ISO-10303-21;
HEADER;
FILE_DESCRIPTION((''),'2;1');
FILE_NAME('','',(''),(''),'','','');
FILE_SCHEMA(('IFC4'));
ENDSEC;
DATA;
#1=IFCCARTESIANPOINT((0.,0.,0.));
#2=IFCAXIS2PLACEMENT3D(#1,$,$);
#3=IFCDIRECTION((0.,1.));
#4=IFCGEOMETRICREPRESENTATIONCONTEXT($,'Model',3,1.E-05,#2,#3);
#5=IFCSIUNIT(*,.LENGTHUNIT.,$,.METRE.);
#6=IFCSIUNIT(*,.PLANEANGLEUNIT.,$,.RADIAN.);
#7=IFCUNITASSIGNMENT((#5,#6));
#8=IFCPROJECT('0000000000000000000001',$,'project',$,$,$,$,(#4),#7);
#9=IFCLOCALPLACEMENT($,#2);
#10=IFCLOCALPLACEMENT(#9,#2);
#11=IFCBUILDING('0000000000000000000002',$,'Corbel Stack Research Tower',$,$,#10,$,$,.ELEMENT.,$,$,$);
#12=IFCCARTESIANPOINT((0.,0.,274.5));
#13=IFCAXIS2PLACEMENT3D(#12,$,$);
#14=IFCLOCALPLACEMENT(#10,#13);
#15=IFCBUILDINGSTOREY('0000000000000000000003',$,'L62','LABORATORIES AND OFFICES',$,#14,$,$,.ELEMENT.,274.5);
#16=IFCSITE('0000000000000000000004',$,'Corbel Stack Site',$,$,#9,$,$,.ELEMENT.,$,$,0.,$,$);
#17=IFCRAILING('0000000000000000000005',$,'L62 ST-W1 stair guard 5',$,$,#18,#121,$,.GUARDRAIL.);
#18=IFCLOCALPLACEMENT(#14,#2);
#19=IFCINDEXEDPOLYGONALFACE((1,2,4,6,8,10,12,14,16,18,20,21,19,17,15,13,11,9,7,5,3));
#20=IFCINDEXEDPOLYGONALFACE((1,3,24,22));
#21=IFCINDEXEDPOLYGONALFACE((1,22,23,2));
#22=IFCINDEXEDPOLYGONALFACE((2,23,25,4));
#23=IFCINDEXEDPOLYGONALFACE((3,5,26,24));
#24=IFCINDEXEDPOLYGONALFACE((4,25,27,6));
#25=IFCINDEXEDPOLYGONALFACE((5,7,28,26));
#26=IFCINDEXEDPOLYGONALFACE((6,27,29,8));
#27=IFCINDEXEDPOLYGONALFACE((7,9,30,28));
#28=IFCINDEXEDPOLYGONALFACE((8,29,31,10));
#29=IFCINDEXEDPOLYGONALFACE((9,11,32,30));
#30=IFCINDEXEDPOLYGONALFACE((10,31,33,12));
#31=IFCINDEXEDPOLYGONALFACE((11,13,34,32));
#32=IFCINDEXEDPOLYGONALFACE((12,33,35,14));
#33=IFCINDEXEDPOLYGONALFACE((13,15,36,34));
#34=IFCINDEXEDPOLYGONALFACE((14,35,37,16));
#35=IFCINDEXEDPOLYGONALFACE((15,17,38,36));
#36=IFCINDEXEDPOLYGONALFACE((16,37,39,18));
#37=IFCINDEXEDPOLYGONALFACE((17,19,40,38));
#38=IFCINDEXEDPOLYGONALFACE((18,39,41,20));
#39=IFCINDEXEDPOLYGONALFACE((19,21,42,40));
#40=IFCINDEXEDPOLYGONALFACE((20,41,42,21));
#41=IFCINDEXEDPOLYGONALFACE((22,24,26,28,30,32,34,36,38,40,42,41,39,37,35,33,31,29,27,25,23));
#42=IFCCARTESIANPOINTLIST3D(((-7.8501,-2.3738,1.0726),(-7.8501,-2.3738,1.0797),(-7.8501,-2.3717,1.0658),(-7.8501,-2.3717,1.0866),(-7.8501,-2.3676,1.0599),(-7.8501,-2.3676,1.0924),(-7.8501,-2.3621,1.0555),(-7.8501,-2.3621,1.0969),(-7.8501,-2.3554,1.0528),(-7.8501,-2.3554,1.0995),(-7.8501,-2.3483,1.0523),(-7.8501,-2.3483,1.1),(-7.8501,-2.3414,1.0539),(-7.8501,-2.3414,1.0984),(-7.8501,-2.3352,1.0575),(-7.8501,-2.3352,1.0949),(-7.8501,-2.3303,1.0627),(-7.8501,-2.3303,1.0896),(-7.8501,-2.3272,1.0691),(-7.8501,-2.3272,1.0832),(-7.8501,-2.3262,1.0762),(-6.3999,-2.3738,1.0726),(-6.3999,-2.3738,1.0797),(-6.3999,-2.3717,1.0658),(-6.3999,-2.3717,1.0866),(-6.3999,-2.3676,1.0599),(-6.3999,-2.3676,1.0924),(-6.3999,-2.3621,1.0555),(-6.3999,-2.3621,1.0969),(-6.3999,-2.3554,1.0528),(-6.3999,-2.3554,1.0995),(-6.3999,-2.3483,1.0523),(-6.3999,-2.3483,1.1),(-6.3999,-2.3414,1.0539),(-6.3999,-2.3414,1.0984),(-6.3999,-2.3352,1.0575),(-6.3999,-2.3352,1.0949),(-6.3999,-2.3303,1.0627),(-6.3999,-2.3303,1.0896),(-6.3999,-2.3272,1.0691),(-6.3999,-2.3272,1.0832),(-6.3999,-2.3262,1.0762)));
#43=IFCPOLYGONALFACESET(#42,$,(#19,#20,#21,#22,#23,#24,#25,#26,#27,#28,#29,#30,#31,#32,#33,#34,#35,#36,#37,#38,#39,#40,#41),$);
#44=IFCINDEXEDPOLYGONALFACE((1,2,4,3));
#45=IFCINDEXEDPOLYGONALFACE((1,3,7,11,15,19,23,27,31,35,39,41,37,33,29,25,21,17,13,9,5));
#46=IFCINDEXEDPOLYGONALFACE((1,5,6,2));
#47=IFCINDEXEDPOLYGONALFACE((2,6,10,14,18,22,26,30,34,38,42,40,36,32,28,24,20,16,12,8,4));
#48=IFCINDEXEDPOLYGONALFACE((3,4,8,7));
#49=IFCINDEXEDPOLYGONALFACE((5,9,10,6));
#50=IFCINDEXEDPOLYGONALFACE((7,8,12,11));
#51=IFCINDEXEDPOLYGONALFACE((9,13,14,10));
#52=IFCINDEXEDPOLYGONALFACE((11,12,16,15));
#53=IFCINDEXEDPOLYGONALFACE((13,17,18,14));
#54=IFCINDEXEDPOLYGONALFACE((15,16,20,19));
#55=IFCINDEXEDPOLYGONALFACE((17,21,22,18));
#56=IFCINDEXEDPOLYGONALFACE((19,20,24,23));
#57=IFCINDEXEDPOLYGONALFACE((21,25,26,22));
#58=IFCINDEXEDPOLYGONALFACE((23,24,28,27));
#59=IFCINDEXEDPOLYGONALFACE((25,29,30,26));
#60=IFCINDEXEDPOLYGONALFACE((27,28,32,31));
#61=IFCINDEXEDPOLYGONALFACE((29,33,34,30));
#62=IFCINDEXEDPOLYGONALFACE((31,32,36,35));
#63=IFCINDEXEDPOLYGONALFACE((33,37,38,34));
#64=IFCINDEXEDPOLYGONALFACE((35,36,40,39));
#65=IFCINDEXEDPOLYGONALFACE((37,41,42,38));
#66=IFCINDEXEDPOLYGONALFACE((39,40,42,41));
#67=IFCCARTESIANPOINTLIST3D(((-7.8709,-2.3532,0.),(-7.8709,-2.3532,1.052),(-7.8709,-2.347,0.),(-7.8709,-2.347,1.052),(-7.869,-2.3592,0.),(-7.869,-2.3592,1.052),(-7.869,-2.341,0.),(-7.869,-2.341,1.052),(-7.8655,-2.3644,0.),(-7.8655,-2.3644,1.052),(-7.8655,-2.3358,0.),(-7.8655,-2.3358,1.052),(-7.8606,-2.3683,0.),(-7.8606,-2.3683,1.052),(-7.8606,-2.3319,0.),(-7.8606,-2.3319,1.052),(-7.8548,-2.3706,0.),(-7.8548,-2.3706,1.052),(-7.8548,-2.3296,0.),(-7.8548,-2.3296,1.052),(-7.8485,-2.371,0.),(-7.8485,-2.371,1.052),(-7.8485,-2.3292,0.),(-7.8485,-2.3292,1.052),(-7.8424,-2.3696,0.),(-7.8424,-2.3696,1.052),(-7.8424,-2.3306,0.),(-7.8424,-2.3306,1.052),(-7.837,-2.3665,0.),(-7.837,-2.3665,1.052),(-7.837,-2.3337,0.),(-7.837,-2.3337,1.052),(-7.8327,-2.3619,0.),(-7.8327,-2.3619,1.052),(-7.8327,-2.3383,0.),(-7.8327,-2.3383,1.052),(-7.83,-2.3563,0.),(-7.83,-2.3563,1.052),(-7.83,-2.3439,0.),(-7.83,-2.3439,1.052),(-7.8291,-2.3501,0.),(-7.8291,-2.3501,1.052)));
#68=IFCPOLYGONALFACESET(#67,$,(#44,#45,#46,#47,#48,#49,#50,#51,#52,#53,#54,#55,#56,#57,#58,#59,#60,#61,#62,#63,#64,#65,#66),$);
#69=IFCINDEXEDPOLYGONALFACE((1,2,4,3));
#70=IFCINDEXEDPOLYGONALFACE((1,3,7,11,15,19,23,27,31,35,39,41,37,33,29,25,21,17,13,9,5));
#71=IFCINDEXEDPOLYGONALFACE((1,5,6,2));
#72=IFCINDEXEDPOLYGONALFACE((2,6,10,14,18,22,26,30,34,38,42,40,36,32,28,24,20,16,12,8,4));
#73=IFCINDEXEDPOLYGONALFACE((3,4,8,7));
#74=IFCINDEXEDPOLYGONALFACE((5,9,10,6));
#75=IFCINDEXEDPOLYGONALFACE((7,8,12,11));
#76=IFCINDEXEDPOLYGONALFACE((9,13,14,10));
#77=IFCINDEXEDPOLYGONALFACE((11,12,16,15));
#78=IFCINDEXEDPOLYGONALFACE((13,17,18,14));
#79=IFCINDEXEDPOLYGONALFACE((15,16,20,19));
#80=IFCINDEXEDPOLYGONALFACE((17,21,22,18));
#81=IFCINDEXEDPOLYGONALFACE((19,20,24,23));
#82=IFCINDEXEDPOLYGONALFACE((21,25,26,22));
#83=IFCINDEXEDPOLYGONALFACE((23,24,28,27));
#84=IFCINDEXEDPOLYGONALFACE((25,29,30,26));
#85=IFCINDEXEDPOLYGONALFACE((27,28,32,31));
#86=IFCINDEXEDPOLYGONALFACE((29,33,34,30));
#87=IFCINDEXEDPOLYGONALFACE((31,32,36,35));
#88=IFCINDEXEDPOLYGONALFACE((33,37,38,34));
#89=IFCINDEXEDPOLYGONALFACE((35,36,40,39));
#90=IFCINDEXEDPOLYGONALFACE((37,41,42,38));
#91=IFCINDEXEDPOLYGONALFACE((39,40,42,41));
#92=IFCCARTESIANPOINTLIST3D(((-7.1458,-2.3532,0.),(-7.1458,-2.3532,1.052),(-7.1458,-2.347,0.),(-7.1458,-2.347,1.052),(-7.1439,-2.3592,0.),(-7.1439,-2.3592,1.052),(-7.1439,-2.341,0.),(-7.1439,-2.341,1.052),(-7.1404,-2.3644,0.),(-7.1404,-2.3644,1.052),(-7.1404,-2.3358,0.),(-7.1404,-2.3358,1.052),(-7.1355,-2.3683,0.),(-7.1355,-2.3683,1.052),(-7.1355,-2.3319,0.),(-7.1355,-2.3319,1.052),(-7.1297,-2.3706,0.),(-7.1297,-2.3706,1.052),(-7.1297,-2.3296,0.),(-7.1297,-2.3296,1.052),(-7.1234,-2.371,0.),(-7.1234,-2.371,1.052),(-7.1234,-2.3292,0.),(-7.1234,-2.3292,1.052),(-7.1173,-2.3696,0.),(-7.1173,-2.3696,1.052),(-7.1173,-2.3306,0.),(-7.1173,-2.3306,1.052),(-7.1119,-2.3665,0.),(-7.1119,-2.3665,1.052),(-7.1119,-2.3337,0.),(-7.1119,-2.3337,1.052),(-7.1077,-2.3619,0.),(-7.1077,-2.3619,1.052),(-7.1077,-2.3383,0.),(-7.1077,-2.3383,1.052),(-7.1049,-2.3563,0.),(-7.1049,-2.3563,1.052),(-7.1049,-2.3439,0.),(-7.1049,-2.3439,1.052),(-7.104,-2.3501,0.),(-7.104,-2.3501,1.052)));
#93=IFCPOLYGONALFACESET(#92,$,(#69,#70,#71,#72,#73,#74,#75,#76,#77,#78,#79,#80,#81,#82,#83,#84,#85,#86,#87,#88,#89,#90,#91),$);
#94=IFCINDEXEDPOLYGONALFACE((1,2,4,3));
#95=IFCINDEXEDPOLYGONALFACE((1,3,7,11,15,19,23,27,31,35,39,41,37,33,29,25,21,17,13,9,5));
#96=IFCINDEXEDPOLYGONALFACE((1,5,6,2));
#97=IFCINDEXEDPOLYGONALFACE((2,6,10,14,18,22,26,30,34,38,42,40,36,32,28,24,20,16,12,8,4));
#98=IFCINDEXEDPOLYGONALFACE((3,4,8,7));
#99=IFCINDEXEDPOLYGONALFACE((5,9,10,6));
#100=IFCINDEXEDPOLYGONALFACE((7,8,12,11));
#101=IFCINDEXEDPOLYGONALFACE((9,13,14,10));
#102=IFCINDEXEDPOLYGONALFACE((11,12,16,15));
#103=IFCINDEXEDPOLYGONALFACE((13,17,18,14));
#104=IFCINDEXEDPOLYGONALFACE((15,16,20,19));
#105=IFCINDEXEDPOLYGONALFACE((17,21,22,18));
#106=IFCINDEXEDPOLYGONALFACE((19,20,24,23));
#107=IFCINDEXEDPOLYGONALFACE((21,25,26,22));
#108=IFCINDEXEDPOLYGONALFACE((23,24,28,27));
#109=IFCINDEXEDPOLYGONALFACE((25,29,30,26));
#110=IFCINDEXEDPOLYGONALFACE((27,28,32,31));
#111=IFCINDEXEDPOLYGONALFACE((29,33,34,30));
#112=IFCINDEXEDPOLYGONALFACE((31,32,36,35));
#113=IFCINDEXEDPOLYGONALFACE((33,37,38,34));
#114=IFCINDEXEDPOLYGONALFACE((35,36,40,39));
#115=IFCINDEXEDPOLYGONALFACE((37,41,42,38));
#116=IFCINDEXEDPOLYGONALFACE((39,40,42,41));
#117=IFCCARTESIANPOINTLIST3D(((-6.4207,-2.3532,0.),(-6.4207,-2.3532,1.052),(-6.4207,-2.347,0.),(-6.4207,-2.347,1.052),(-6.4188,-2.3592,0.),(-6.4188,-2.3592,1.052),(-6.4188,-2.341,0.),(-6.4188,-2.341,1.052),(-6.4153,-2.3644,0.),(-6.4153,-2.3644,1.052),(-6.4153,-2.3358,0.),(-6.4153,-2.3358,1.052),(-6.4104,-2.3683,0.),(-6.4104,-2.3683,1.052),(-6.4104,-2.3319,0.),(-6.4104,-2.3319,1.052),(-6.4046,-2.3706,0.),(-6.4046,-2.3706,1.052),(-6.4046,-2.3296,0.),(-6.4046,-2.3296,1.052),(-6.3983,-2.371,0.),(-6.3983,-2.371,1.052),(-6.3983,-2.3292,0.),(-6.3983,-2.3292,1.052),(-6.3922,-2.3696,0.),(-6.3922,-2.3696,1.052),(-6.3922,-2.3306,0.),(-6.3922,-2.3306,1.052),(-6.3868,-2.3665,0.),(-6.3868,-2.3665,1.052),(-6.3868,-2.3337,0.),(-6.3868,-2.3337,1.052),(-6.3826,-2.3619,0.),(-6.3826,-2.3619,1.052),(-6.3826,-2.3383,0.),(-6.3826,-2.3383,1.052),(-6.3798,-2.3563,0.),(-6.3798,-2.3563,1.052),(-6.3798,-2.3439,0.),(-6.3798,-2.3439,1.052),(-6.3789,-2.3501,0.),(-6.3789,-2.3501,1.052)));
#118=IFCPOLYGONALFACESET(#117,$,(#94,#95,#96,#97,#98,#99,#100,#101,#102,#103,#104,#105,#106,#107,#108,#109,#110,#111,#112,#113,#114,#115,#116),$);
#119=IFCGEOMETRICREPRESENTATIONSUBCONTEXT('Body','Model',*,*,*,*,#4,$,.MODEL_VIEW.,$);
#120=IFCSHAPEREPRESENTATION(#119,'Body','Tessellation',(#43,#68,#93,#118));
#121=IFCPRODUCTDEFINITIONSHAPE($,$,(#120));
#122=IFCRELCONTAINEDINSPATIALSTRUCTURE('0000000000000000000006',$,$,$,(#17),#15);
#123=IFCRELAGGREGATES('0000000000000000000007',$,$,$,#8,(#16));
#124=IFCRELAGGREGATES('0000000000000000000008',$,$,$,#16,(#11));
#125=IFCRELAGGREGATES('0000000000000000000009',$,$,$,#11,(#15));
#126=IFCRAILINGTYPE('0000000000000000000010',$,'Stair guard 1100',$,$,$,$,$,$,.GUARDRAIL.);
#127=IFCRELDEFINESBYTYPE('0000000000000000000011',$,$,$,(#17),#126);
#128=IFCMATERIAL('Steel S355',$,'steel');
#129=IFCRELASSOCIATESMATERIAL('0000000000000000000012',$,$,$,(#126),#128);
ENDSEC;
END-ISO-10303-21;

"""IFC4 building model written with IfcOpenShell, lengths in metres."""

from ifc_helpers import new_model, si_unit, direction, frame, origin, origin_2d, place, context, subcontext, project, spatial, circle, extrude, material, type_object, element, save


model = new_model("IFC4")

# Units and contexts
model_context = context("Model", 3, precision=1e-05, world=origin(), true_north=direction((0.0, 1.0)))
body_context = subcontext(model_context, "Body", "Model", "MODEL_VIEW")
ifc_project = project(units=[si_unit("LENGTHUNIT", "METRE"), si_unit("PLANEANGLEUNIT", "RADIAN")], contexts=[model_context])

# Site, building, storey
site_placement = place(None, origin())
site = spatial("IfcSite", under=ifc_project, at=site_placement, Name="Corbel Stack Site", CompositionType="ELEMENT", RefElevation=0.0)
building_placement = place(site_placement, origin())
building = spatial("IfcBuilding", under=site, at=building_placement, Name="Corbel Stack Research Tower", CompositionType="ELEMENT")
storey_placement = place(building_placement, frame((0.0, 0.0, 274.5)))
storey = spatial("IfcBuildingStorey", under=building, at=storey_placement, Name="L62", Description="LABORATORIES AND OFFICES", CompositionType="ELEMENT", Elevation=274.5)

# Railing
ifc_material_1 = material(Name="Steel S355", Category="steel")
railing_type = type_object("IfcRailingType", Name="Stair guard 1100", PredefinedType="GUARDRAIL", material=ifc_material_1)
railing_1_placement = place(storey_placement, frame((-7.8501, -2.3501, 0.0)))
element("IfcRailing", 1, at=railing_1_placement, inside=storey, type_object=railing_type, Name="L62 ST-W1 stair guard 5", PredefinedType="GUARDRAIL", context=body_context, shape_type="SweptSolid", body=[
    extrude(circle(Radius=0.0239, at=origin_2d()), frame((0.0, 0.0, 1.0762), z_axis=(1.0, 0.0, 0.0), x_axis=(0.0, 1.0, 0.0)), (0.0, 0.0, 1.0), 1.4502),
    extrude(circle(Radius=0.021, at=origin_2d()), origin(), (0.0, 0.0, 1.0), 1.052),
    extrude(circle(Radius=0.021, at=origin_2d()), frame((0.7251, 0.0, 0.0)), (0.0, 0.0, 1.0), 1.052),
    extrude(circle(Radius=0.021, at=origin_2d()), frame((1.4502, 0.0, 0.0)), (0.0, 0.0, 1.0), 1.052),
])

save(model, "model.ifc")
